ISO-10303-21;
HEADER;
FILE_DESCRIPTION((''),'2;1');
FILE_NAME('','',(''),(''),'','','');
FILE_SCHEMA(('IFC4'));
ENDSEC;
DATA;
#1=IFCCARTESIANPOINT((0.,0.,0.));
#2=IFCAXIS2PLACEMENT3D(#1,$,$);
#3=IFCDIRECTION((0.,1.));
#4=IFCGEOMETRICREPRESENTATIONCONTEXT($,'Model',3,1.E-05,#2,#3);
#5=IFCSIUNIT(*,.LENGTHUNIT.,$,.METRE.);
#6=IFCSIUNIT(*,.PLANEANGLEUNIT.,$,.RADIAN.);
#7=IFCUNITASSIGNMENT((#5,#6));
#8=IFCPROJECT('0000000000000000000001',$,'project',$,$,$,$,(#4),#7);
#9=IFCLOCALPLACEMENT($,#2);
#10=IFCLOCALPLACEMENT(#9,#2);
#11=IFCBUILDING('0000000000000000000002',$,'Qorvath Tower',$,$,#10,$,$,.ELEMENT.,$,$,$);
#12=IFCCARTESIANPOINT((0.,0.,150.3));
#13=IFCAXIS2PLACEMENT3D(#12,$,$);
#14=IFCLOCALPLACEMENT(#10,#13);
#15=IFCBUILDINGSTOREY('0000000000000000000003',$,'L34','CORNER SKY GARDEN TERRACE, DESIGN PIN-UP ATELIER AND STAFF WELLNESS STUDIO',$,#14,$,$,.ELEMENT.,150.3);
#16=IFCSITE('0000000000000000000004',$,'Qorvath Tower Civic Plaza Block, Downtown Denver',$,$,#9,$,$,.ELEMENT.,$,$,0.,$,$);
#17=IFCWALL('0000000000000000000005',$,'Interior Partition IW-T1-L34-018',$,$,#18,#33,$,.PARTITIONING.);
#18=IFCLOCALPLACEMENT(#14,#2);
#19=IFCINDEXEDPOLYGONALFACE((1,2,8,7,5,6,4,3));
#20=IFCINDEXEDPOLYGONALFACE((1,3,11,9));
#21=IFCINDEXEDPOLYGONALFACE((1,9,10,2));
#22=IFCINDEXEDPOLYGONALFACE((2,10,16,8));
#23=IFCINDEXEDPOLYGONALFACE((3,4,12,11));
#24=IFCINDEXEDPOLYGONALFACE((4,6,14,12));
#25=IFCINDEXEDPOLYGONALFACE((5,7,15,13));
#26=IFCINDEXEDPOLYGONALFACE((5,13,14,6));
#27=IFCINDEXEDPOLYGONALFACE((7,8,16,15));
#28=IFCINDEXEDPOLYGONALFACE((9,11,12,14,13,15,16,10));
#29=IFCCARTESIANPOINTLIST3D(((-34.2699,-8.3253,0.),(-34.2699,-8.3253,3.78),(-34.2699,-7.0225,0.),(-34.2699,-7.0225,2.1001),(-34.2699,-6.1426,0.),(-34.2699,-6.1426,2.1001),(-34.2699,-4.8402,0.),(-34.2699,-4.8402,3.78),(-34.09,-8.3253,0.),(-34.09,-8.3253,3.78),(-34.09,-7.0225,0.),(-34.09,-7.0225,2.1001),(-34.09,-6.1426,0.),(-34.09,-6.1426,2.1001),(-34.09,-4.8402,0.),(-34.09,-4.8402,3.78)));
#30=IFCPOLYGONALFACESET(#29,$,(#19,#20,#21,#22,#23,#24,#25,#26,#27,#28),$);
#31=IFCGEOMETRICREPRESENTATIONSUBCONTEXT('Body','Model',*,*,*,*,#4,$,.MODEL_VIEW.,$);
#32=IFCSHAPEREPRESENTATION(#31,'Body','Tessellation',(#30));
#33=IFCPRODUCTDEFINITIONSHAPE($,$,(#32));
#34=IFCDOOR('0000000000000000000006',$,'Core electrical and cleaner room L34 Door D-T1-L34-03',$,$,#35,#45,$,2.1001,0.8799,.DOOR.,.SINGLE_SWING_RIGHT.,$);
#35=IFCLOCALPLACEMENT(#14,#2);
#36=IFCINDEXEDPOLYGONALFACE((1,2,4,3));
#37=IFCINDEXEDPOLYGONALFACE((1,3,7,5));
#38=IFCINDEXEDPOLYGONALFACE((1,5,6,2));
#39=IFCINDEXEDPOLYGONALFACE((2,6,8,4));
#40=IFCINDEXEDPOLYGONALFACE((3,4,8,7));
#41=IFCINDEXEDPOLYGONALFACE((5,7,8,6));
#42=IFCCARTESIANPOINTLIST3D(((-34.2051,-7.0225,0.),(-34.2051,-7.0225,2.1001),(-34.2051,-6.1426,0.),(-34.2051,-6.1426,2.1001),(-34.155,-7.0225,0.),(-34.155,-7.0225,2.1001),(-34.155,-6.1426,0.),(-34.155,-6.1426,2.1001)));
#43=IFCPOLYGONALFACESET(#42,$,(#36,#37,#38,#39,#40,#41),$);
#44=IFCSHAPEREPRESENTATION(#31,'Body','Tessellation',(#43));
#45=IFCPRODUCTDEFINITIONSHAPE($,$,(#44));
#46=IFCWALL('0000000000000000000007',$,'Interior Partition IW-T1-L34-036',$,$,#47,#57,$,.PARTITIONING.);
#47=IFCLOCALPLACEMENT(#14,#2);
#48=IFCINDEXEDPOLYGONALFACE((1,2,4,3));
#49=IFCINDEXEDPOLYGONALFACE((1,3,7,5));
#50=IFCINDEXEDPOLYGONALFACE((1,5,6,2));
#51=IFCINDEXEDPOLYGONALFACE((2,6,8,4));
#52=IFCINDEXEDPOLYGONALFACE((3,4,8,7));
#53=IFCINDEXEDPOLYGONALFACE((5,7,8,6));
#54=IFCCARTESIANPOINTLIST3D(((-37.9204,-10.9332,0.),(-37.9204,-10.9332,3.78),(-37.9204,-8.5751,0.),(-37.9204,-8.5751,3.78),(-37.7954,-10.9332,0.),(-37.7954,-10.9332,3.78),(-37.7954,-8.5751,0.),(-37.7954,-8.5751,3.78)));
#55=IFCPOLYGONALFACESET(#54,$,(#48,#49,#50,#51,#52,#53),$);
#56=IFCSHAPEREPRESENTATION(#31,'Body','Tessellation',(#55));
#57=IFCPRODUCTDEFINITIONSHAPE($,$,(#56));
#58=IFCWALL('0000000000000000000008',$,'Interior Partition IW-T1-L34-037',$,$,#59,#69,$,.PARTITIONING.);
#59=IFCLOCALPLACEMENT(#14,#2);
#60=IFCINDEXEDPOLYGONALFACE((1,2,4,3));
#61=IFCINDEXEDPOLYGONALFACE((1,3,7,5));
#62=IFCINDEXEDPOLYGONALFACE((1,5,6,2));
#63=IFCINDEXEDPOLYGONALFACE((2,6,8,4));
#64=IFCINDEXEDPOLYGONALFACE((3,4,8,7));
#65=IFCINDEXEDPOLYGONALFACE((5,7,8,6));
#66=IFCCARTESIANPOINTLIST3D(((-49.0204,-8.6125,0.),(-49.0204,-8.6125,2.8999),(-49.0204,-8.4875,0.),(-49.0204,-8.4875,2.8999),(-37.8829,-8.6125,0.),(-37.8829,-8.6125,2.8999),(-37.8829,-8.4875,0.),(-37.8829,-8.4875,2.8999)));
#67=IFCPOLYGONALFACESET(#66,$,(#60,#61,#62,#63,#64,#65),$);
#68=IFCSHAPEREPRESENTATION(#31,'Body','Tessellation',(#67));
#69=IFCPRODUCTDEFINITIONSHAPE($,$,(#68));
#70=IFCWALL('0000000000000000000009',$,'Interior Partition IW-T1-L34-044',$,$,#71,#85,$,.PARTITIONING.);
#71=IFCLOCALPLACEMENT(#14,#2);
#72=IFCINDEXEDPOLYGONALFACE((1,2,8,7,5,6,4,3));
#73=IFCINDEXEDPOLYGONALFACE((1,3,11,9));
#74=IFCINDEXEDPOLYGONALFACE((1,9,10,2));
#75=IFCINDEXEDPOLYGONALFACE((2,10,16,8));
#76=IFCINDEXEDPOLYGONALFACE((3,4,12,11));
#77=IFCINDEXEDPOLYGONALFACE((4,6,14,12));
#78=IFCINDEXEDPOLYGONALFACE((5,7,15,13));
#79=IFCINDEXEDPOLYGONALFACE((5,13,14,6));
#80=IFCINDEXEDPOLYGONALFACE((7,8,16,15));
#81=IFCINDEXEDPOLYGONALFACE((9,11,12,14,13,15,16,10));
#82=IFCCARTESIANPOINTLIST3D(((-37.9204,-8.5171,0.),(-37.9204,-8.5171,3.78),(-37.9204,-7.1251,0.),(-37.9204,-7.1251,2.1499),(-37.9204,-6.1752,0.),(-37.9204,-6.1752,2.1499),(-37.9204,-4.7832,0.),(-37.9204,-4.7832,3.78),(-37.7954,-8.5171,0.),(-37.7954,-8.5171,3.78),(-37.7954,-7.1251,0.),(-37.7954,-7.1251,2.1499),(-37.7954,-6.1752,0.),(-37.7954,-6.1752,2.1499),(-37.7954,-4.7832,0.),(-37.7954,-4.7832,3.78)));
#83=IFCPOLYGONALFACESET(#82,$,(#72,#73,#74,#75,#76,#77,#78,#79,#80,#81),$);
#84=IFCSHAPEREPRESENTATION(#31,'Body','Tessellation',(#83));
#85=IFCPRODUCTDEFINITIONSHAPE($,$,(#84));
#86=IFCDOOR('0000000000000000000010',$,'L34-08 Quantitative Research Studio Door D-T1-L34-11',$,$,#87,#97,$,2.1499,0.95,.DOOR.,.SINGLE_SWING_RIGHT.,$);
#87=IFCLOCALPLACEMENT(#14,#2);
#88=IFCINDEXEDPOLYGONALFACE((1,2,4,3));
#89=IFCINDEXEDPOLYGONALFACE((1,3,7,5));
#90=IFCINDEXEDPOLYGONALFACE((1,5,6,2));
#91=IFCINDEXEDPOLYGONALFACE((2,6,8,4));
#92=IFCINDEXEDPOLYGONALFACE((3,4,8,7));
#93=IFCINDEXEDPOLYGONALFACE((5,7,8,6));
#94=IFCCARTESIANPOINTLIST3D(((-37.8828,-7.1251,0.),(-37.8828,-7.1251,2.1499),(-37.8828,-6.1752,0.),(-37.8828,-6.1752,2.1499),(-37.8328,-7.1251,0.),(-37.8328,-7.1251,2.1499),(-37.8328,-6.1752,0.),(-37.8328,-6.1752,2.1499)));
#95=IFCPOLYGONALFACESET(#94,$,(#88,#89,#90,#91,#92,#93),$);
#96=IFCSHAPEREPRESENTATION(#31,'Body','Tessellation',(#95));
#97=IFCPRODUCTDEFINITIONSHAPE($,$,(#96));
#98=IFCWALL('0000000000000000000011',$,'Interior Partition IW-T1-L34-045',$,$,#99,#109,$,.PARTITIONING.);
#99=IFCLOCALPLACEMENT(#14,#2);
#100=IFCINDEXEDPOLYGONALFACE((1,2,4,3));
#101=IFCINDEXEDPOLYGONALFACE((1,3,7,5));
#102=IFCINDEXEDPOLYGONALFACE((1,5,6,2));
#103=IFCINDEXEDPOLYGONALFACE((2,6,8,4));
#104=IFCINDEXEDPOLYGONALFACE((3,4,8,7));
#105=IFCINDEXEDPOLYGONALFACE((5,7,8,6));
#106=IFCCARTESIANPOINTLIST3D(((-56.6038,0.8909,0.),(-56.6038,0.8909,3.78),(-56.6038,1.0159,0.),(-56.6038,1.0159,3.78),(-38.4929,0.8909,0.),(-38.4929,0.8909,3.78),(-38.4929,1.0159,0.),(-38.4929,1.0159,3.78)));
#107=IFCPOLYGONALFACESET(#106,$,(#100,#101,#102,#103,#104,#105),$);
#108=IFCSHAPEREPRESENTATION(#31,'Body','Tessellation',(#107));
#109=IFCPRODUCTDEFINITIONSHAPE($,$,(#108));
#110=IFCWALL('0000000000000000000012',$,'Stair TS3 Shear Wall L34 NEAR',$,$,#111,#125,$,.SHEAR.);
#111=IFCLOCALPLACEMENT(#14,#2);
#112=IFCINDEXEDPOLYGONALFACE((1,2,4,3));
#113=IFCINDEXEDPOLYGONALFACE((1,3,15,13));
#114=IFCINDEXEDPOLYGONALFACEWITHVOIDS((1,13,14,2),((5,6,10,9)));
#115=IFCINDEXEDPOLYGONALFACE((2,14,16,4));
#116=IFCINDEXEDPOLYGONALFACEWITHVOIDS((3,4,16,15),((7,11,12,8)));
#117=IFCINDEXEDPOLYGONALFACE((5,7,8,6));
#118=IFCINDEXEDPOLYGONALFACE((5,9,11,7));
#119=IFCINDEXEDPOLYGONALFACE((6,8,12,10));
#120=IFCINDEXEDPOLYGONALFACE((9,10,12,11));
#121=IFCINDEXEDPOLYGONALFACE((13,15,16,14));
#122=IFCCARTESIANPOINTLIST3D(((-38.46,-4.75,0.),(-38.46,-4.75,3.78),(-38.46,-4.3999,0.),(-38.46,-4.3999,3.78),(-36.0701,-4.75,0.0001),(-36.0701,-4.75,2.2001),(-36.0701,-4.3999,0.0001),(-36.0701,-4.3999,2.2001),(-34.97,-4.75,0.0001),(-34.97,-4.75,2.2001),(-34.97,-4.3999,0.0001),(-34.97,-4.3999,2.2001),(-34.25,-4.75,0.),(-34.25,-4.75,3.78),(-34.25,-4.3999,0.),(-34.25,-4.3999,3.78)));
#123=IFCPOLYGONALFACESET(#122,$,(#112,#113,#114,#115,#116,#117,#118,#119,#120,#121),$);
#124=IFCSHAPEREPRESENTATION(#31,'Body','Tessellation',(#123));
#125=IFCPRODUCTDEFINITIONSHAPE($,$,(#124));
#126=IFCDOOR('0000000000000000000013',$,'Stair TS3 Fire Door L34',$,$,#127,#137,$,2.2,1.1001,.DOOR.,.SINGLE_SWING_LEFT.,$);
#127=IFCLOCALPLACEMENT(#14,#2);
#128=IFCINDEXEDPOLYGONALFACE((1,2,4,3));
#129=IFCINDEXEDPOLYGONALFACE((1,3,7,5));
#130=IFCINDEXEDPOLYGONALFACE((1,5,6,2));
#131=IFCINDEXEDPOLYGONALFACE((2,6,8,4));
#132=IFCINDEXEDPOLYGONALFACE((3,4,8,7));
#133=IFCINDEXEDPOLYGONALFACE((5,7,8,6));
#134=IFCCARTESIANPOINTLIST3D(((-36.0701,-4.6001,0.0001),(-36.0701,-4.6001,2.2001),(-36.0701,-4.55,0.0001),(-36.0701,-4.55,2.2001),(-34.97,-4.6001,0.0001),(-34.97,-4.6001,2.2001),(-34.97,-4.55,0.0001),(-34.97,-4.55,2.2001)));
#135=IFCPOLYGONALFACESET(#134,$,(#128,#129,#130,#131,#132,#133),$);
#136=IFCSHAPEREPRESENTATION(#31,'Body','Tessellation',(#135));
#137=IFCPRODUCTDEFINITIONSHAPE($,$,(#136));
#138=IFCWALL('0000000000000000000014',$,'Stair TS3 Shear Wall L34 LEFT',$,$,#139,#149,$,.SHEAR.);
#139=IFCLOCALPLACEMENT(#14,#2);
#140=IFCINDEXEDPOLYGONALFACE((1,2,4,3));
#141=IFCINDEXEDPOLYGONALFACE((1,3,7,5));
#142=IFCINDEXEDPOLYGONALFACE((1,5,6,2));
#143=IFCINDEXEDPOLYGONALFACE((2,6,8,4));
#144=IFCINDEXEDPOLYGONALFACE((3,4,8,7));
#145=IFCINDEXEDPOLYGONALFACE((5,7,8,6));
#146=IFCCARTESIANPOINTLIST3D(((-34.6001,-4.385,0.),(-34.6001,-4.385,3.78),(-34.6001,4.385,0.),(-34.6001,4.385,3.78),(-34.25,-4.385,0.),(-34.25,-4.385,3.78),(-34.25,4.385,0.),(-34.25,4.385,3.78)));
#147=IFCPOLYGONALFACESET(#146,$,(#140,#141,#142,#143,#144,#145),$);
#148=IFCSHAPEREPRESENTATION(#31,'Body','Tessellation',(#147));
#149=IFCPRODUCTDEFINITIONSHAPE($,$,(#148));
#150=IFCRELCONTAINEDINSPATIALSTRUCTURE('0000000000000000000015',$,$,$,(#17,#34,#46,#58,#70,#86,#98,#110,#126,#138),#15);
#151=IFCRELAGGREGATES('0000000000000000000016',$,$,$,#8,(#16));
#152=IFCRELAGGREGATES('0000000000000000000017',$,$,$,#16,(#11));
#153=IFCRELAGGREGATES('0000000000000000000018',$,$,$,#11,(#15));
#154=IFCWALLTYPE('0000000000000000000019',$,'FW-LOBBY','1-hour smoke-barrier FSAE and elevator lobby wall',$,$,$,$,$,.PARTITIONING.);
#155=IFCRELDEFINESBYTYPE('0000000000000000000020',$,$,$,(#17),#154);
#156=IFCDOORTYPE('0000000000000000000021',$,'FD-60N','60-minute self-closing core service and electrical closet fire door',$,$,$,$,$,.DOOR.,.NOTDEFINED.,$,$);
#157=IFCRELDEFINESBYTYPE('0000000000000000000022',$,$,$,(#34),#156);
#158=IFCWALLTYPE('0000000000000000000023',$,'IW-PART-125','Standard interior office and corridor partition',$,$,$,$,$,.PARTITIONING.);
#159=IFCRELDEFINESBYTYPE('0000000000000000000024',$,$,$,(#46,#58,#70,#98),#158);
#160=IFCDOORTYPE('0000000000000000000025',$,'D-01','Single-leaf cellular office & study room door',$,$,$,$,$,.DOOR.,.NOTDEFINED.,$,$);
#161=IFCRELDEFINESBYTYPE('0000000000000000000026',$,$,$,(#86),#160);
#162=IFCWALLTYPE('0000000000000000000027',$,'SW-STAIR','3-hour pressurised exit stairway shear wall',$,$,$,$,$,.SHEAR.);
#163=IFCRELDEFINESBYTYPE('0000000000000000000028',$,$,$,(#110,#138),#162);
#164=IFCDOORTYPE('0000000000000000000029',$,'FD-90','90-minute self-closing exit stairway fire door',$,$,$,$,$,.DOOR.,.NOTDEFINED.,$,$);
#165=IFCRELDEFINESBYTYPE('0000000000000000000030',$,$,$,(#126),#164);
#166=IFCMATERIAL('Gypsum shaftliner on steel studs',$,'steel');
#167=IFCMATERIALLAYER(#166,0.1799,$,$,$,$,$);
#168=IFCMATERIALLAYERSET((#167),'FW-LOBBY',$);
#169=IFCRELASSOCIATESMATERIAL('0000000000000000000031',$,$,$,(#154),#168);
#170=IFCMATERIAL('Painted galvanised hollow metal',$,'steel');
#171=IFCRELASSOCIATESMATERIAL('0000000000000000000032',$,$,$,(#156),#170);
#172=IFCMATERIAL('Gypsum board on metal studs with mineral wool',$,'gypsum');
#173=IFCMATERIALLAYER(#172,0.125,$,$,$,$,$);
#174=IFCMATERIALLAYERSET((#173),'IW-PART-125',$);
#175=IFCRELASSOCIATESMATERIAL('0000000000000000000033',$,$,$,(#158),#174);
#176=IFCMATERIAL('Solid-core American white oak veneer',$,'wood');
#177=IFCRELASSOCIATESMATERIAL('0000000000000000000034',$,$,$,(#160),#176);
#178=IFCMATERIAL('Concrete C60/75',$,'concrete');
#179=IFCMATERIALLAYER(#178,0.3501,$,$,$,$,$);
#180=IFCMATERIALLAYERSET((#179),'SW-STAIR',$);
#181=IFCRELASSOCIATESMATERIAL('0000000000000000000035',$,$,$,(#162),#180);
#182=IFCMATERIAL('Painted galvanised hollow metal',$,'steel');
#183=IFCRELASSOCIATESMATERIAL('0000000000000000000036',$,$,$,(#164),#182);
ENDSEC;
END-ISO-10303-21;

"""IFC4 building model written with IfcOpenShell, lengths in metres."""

from ifc_helpers import new_model, si_unit, direction, frame, frame_2d, origin, place, context, subcontext, project, spatial, rectangle, extrude, material, layer, layer_set, type_object, element, fill, save


model = new_model("IFC4")

# Units and contexts
model_context = context("Model", 3, precision=1e-05, world=origin(), true_north=direction((0.0, 1.0)))
body_context = subcontext(model_context, "Body", "Model", "MODEL_VIEW")
ifc_project = project(units=[si_unit("LENGTHUNIT", "METRE"), si_unit("PLANEANGLEUNIT", "RADIAN")], contexts=[model_context])

# Site, building, storey
site_placement = place(None, origin())
site = spatial("IfcSite", under=ifc_project, at=site_placement, Name="Qorvath Tower Civic Plaza Block, Downtown Denver", CompositionType="ELEMENT", RefElevation=0.0)
building_placement = place(site_placement, origin())
building = spatial("IfcBuilding", under=site, at=building_placement, Name="Qorvath Tower", CompositionType="ELEMENT")
storey_placement = place(building_placement, frame((0.0, 0.0, 150.3)))
storey = spatial("IfcBuildingStorey", under=building, at=storey_placement, Name="L34", Description="CORNER SKY GARDEN TERRACE, DESIGN PIN-UP ATELIER AND STAFF WELLNESS STUDIO", CompositionType="ELEMENT", Elevation=150.3)

# Shared definitions
ifc_material_1 = material(Name="Gypsum shaftliner on steel studs", Category="steel")
ifc_layer_1 = layer(ifc_material_1, 0.1799)
ifc_layer_set_1 = layer_set([ifc_layer_1], Name="FW-LOBBY")
wall_type_1 = type_object("IfcWallType", Name="FW-LOBBY", Description="1-hour smoke-barrier FSAE and elevator lobby wall", PredefinedType="PARTITIONING", material=ifc_layer_set_1)

# Wall, opening, door
wall_1_placement = place(storey_placement, frame((-34.1799, -4.8401, 0.0), z_axis=(0.0, 0.0, 1.0), x_axis=(0.0, -1.0, 0.0)))
wall_1 = element("IfcWall", 1, at=wall_1_placement, inside=storey, type_object=wall_type_1, Name="Interior Partition IW-T1-L34-018", PredefinedType="PARTITIONING", context=body_context, shape_type="SweptSolid", body=[
    extrude(rectangle(XDim=3.4851, YDim=0.1799, at=frame_2d((1.7427, 0.0))), origin(), (0.0, 0.0, 1.0), 3.78),
])
opening_1_placement = place(wall_1_placement, frame((1.3025, 0.0, 0.0)))
opening_1 = element("IfcOpeningElement", 2, at=opening_1_placement, cuts=wall_1, PredefinedType="OPENING", context=body_context, shape_type="SweptSolid", body=[
    extrude(rectangle(XDim=0.8799, YDim=2.1001, at=frame_2d((0.4399, 1.05))), frame((0.0, 0.1001, 0.0), z_axis=(0.0, -1.0, 0.0), x_axis=(1.0, 0.0, 0.0)), (0.0, 0.0, 1.0), 0.2),
])
ifc_material_2 = material(Name="Painted galvanised hollow metal", Category="steel")
door_type_1 = type_object("IfcDoorType", Name="FD-60N", Description="60-minute self-closing core service and electrical closet fire door", OperationType="NOTDEFINED", PredefinedType="DOOR", material=ifc_material_2)
door_1_placement = place(opening_1_placement, origin())
door_1 = element("IfcDoor", 3, at=door_1_placement, inside=storey, type_object=door_type_1, Name="Core electrical and cleaner room L34 Door D-T1-L34-03", OperationType="SINGLE_SWING_RIGHT", OverallHeight=2.1001, OverallWidth=0.8799, PredefinedType="DOOR", context=body_context, shape_type="SweptSolid", body=[
    extrude(rectangle(XDim=0.8799, YDim=2.1001, at=frame_2d((0.4399, 1.05))), frame((0.0, 0.0249, 0.0), z_axis=(0.0, -1.0, 0.0), x_axis=(1.0, 0.0, 0.0)), (0.0, 0.0, 1.0), 0.05),
])
fill(opening_1, door_1)

# Walls
ifc_material_3 = material(Name="Gypsum board on metal studs with mineral wool", Category="gypsum")
ifc_layer_2 = layer(ifc_material_3, 0.125)
ifc_layer_set_2 = layer_set([ifc_layer_2], Name="IW-PART-125")
wall_type_2 = type_object("IfcWallType", Name="IW-PART-125", Description="Standard interior office and corridor partition", PredefinedType="PARTITIONING", material=ifc_layer_set_2)
wall_2_placement = place(storey_placement, frame((-37.8579, -8.575, 0.0), z_axis=(0.0, 0.0, 1.0), x_axis=(0.0, -1.0, 0.0)))
element("IfcWall", 4, at=wall_2_placement, inside=storey, type_object=wall_type_2, Name="Interior Partition IW-T1-L34-036", PredefinedType="PARTITIONING", context=body_context, shape_type="SweptSolid", body=[
    extrude(rectangle(XDim=2.3582, YDim=0.125, at=frame_2d((1.1792, 0.0))), origin(), (0.0, 0.0, 1.0), 3.78),
])
wall_3_placement = place(storey_placement, frame((-37.8828, -8.55, 0.0), z_axis=(0.0, 0.0, 1.0), x_axis=(-1.0, 0.0, 0.0)))
element("IfcWall", 5, at=wall_3_placement, inside=storey, type_object=wall_type_2, Name="Interior Partition IW-T1-L34-037", PredefinedType="PARTITIONING", context=body_context, shape_type="SweptSolid", body=[
    extrude(rectangle(XDim=11.1375, YDim=0.125, at=frame_2d((5.5688, 0.0))), origin(), (0.0, 0.0, 1.0), 2.8999),
])

# Wall, opening, door
wall_4_placement = place(storey_placement, frame((-37.8579, -8.5171, 0.0), z_axis=(0.0, 0.0, 1.0), x_axis=(0.0, 1.0, 0.0)))
wall_4 = element("IfcWall", 6, at=wall_4_placement, inside=storey, type_object=wall_type_2, Name="Interior Partition IW-T1-L34-044", PredefinedType="PARTITIONING", context=body_context, shape_type="SweptSolid", body=[
    extrude(rectangle(XDim=3.7339, YDim=0.125, at=frame_2d((1.8669, 0.0))), origin(), (0.0, 0.0, 1.0), 3.78),
])
opening_2_placement = place(wall_4_placement, frame((1.3918, 0.0, 0.0)))
opening_2 = element("IfcOpeningElement", 7, at=opening_2_placement, cuts=wall_4, PredefinedType="OPENING", context=body_context, shape_type="SweptSolid", body=[
    extrude(rectangle(XDim=0.95, YDim=2.1499, at=frame_2d((0.4751, 1.075))), frame((0.0, 0.0725, 0.0), z_axis=(0.0, -1.0, 0.0), x_axis=(1.0, 0.0, 0.0)), (0.0, 0.0, 1.0), 0.145),
])
ifc_material_4 = material(Name="Solid-core American white oak veneer", Category="wood")
door_type_2 = type_object("IfcDoorType", Name="D-01", Description="Single-leaf cellular office & study room door", OperationType="NOTDEFINED", PredefinedType="DOOR", material=ifc_material_4)
door_2_placement = place(opening_2_placement, origin())
door_2 = element("IfcDoor", 8, at=door_2_placement, inside=storey, type_object=door_type_2, Name="L34-08 Quantitative Research Studio Door D-T1-L34-11", OperationType="SINGLE_SWING_RIGHT", OverallHeight=2.1499, OverallWidth=0.95, PredefinedType="DOOR", context=body_context, shape_type="SweptSolid", body=[
    extrude(rectangle(XDim=0.95, YDim=2.1499, at=frame_2d((0.4751, 1.075))), frame((0.0, 0.0249, 0.0), z_axis=(0.0, -1.0, 0.0), x_axis=(1.0, 0.0, 0.0)), (0.0, 0.0, 1.0), 0.05),
])
fill(opening_2, door_2)

# Wall
wall_5_placement = place(storey_placement, frame((-38.4929, 0.9534, 0.0), z_axis=(0.0, 0.0, 1.0), x_axis=(-1.0, 0.0, 0.0)))
element("IfcWall", 9, at=wall_5_placement, inside=storey, type_object=wall_type_2, Name="Interior Partition IW-T1-L34-045", PredefinedType="PARTITIONING", context=body_context, shape_type="SweptSolid", body=[
    extrude(rectangle(XDim=18.1108, YDim=0.125, at=frame_2d((9.0554, 0.0))), origin(), (0.0, 0.0, 1.0), 3.78),
])

# Wall, opening, door
ifc_material_5 = material(Name="Concrete C60/75", Category="concrete")
ifc_layer_3 = layer(ifc_material_5, 0.3501)
ifc_layer_set_3 = layer_set([ifc_layer_3], Name="SW-STAIR")
wall_type_3 = type_object("IfcWallType", Name="SW-STAIR", Description="3-hour pressurised exit stairway shear wall", PredefinedType="SHEAR", material=ifc_layer_set_3)
wall_6_placement = place(storey_placement, frame((-38.46, -4.575, 0.0), z_axis=(0.0, 0.0, 1.0), x_axis=(1.0, 0.0, 0.0)))
wall_6 = element("IfcWall", 10, at=wall_6_placement, inside=storey, type_object=wall_type_3, Name="Stair TS3 Shear Wall L34 NEAR", PredefinedType="SHEAR", context=body_context, shape_type="SweptSolid", body=[
    extrude(rectangle(XDim=4.21, YDim=0.3501, at=frame_2d((2.105, 0.0))), origin(), (0.0, 0.0, 1.0), 3.78),
])
opening_3_placement = place(wall_6_placement, frame((2.3899, 0.0, 0.0)))
opening_3 = element("IfcOpeningElement", 11, at=opening_3_placement, cuts=wall_6, PredefinedType="OPENING", context=body_context, shape_type="SweptSolid", body=[
    extrude(rectangle(XDim=1.1001, YDim=2.2, at=frame_2d((0.55, 1.1001))), frame((0.0, 0.1851, 0.0), z_axis=(0.0, -1.0, 0.0), x_axis=(1.0, 0.0, 0.0)), (0.0, 0.0, 1.0), 0.3701),
])
ifc_material_6 = material(Name="Painted galvanised hollow metal", Category="steel")
door_type_3 = type_object("IfcDoorType", Name="FD-90", Description="90-minute self-closing exit stairway fire door", OperationType="NOTDEFINED", PredefinedType="DOOR", material=ifc_material_6)
door_3_placement = place(opening_3_placement, origin())
door_3 = element("IfcDoor", 12, at=door_3_placement, inside=storey, type_object=door_type_3, Name="Stair TS3 Fire Door L34", OperationType="SINGLE_SWING_LEFT", OverallHeight=2.2, OverallWidth=1.1001, PredefinedType="DOOR", context=body_context, shape_type="SweptSolid", body=[
    extrude(rectangle(XDim=1.1001, YDim=2.2, at=frame_2d((0.55, 1.1001))), frame((0.0, 0.0249, 0.0), z_axis=(0.0, -1.0, 0.0), x_axis=(1.0, 0.0, 0.0)), (0.0, 0.0, 1.0), 0.05),
])
fill(opening_3, door_3)

# Wall
wall_7_placement = place(storey_placement, frame((-34.425, -4.385, 0.0), z_axis=(0.0, 0.0, 1.0), x_axis=(0.0, 1.0, 0.0)))
element("IfcWall", 13, at=wall_7_placement, inside=storey, type_object=wall_type_3, Name="Stair TS3 Shear Wall L34 LEFT", PredefinedType="SHEAR", context=body_context, shape_type="SweptSolid", body=[
    extrude(rectangle(XDim=8.77, YDim=0.3501, at=frame_2d((4.385, 0.0))), origin(), (0.0, 0.0, 1.0), 3.78),
])

save(model, "model.ifc")
